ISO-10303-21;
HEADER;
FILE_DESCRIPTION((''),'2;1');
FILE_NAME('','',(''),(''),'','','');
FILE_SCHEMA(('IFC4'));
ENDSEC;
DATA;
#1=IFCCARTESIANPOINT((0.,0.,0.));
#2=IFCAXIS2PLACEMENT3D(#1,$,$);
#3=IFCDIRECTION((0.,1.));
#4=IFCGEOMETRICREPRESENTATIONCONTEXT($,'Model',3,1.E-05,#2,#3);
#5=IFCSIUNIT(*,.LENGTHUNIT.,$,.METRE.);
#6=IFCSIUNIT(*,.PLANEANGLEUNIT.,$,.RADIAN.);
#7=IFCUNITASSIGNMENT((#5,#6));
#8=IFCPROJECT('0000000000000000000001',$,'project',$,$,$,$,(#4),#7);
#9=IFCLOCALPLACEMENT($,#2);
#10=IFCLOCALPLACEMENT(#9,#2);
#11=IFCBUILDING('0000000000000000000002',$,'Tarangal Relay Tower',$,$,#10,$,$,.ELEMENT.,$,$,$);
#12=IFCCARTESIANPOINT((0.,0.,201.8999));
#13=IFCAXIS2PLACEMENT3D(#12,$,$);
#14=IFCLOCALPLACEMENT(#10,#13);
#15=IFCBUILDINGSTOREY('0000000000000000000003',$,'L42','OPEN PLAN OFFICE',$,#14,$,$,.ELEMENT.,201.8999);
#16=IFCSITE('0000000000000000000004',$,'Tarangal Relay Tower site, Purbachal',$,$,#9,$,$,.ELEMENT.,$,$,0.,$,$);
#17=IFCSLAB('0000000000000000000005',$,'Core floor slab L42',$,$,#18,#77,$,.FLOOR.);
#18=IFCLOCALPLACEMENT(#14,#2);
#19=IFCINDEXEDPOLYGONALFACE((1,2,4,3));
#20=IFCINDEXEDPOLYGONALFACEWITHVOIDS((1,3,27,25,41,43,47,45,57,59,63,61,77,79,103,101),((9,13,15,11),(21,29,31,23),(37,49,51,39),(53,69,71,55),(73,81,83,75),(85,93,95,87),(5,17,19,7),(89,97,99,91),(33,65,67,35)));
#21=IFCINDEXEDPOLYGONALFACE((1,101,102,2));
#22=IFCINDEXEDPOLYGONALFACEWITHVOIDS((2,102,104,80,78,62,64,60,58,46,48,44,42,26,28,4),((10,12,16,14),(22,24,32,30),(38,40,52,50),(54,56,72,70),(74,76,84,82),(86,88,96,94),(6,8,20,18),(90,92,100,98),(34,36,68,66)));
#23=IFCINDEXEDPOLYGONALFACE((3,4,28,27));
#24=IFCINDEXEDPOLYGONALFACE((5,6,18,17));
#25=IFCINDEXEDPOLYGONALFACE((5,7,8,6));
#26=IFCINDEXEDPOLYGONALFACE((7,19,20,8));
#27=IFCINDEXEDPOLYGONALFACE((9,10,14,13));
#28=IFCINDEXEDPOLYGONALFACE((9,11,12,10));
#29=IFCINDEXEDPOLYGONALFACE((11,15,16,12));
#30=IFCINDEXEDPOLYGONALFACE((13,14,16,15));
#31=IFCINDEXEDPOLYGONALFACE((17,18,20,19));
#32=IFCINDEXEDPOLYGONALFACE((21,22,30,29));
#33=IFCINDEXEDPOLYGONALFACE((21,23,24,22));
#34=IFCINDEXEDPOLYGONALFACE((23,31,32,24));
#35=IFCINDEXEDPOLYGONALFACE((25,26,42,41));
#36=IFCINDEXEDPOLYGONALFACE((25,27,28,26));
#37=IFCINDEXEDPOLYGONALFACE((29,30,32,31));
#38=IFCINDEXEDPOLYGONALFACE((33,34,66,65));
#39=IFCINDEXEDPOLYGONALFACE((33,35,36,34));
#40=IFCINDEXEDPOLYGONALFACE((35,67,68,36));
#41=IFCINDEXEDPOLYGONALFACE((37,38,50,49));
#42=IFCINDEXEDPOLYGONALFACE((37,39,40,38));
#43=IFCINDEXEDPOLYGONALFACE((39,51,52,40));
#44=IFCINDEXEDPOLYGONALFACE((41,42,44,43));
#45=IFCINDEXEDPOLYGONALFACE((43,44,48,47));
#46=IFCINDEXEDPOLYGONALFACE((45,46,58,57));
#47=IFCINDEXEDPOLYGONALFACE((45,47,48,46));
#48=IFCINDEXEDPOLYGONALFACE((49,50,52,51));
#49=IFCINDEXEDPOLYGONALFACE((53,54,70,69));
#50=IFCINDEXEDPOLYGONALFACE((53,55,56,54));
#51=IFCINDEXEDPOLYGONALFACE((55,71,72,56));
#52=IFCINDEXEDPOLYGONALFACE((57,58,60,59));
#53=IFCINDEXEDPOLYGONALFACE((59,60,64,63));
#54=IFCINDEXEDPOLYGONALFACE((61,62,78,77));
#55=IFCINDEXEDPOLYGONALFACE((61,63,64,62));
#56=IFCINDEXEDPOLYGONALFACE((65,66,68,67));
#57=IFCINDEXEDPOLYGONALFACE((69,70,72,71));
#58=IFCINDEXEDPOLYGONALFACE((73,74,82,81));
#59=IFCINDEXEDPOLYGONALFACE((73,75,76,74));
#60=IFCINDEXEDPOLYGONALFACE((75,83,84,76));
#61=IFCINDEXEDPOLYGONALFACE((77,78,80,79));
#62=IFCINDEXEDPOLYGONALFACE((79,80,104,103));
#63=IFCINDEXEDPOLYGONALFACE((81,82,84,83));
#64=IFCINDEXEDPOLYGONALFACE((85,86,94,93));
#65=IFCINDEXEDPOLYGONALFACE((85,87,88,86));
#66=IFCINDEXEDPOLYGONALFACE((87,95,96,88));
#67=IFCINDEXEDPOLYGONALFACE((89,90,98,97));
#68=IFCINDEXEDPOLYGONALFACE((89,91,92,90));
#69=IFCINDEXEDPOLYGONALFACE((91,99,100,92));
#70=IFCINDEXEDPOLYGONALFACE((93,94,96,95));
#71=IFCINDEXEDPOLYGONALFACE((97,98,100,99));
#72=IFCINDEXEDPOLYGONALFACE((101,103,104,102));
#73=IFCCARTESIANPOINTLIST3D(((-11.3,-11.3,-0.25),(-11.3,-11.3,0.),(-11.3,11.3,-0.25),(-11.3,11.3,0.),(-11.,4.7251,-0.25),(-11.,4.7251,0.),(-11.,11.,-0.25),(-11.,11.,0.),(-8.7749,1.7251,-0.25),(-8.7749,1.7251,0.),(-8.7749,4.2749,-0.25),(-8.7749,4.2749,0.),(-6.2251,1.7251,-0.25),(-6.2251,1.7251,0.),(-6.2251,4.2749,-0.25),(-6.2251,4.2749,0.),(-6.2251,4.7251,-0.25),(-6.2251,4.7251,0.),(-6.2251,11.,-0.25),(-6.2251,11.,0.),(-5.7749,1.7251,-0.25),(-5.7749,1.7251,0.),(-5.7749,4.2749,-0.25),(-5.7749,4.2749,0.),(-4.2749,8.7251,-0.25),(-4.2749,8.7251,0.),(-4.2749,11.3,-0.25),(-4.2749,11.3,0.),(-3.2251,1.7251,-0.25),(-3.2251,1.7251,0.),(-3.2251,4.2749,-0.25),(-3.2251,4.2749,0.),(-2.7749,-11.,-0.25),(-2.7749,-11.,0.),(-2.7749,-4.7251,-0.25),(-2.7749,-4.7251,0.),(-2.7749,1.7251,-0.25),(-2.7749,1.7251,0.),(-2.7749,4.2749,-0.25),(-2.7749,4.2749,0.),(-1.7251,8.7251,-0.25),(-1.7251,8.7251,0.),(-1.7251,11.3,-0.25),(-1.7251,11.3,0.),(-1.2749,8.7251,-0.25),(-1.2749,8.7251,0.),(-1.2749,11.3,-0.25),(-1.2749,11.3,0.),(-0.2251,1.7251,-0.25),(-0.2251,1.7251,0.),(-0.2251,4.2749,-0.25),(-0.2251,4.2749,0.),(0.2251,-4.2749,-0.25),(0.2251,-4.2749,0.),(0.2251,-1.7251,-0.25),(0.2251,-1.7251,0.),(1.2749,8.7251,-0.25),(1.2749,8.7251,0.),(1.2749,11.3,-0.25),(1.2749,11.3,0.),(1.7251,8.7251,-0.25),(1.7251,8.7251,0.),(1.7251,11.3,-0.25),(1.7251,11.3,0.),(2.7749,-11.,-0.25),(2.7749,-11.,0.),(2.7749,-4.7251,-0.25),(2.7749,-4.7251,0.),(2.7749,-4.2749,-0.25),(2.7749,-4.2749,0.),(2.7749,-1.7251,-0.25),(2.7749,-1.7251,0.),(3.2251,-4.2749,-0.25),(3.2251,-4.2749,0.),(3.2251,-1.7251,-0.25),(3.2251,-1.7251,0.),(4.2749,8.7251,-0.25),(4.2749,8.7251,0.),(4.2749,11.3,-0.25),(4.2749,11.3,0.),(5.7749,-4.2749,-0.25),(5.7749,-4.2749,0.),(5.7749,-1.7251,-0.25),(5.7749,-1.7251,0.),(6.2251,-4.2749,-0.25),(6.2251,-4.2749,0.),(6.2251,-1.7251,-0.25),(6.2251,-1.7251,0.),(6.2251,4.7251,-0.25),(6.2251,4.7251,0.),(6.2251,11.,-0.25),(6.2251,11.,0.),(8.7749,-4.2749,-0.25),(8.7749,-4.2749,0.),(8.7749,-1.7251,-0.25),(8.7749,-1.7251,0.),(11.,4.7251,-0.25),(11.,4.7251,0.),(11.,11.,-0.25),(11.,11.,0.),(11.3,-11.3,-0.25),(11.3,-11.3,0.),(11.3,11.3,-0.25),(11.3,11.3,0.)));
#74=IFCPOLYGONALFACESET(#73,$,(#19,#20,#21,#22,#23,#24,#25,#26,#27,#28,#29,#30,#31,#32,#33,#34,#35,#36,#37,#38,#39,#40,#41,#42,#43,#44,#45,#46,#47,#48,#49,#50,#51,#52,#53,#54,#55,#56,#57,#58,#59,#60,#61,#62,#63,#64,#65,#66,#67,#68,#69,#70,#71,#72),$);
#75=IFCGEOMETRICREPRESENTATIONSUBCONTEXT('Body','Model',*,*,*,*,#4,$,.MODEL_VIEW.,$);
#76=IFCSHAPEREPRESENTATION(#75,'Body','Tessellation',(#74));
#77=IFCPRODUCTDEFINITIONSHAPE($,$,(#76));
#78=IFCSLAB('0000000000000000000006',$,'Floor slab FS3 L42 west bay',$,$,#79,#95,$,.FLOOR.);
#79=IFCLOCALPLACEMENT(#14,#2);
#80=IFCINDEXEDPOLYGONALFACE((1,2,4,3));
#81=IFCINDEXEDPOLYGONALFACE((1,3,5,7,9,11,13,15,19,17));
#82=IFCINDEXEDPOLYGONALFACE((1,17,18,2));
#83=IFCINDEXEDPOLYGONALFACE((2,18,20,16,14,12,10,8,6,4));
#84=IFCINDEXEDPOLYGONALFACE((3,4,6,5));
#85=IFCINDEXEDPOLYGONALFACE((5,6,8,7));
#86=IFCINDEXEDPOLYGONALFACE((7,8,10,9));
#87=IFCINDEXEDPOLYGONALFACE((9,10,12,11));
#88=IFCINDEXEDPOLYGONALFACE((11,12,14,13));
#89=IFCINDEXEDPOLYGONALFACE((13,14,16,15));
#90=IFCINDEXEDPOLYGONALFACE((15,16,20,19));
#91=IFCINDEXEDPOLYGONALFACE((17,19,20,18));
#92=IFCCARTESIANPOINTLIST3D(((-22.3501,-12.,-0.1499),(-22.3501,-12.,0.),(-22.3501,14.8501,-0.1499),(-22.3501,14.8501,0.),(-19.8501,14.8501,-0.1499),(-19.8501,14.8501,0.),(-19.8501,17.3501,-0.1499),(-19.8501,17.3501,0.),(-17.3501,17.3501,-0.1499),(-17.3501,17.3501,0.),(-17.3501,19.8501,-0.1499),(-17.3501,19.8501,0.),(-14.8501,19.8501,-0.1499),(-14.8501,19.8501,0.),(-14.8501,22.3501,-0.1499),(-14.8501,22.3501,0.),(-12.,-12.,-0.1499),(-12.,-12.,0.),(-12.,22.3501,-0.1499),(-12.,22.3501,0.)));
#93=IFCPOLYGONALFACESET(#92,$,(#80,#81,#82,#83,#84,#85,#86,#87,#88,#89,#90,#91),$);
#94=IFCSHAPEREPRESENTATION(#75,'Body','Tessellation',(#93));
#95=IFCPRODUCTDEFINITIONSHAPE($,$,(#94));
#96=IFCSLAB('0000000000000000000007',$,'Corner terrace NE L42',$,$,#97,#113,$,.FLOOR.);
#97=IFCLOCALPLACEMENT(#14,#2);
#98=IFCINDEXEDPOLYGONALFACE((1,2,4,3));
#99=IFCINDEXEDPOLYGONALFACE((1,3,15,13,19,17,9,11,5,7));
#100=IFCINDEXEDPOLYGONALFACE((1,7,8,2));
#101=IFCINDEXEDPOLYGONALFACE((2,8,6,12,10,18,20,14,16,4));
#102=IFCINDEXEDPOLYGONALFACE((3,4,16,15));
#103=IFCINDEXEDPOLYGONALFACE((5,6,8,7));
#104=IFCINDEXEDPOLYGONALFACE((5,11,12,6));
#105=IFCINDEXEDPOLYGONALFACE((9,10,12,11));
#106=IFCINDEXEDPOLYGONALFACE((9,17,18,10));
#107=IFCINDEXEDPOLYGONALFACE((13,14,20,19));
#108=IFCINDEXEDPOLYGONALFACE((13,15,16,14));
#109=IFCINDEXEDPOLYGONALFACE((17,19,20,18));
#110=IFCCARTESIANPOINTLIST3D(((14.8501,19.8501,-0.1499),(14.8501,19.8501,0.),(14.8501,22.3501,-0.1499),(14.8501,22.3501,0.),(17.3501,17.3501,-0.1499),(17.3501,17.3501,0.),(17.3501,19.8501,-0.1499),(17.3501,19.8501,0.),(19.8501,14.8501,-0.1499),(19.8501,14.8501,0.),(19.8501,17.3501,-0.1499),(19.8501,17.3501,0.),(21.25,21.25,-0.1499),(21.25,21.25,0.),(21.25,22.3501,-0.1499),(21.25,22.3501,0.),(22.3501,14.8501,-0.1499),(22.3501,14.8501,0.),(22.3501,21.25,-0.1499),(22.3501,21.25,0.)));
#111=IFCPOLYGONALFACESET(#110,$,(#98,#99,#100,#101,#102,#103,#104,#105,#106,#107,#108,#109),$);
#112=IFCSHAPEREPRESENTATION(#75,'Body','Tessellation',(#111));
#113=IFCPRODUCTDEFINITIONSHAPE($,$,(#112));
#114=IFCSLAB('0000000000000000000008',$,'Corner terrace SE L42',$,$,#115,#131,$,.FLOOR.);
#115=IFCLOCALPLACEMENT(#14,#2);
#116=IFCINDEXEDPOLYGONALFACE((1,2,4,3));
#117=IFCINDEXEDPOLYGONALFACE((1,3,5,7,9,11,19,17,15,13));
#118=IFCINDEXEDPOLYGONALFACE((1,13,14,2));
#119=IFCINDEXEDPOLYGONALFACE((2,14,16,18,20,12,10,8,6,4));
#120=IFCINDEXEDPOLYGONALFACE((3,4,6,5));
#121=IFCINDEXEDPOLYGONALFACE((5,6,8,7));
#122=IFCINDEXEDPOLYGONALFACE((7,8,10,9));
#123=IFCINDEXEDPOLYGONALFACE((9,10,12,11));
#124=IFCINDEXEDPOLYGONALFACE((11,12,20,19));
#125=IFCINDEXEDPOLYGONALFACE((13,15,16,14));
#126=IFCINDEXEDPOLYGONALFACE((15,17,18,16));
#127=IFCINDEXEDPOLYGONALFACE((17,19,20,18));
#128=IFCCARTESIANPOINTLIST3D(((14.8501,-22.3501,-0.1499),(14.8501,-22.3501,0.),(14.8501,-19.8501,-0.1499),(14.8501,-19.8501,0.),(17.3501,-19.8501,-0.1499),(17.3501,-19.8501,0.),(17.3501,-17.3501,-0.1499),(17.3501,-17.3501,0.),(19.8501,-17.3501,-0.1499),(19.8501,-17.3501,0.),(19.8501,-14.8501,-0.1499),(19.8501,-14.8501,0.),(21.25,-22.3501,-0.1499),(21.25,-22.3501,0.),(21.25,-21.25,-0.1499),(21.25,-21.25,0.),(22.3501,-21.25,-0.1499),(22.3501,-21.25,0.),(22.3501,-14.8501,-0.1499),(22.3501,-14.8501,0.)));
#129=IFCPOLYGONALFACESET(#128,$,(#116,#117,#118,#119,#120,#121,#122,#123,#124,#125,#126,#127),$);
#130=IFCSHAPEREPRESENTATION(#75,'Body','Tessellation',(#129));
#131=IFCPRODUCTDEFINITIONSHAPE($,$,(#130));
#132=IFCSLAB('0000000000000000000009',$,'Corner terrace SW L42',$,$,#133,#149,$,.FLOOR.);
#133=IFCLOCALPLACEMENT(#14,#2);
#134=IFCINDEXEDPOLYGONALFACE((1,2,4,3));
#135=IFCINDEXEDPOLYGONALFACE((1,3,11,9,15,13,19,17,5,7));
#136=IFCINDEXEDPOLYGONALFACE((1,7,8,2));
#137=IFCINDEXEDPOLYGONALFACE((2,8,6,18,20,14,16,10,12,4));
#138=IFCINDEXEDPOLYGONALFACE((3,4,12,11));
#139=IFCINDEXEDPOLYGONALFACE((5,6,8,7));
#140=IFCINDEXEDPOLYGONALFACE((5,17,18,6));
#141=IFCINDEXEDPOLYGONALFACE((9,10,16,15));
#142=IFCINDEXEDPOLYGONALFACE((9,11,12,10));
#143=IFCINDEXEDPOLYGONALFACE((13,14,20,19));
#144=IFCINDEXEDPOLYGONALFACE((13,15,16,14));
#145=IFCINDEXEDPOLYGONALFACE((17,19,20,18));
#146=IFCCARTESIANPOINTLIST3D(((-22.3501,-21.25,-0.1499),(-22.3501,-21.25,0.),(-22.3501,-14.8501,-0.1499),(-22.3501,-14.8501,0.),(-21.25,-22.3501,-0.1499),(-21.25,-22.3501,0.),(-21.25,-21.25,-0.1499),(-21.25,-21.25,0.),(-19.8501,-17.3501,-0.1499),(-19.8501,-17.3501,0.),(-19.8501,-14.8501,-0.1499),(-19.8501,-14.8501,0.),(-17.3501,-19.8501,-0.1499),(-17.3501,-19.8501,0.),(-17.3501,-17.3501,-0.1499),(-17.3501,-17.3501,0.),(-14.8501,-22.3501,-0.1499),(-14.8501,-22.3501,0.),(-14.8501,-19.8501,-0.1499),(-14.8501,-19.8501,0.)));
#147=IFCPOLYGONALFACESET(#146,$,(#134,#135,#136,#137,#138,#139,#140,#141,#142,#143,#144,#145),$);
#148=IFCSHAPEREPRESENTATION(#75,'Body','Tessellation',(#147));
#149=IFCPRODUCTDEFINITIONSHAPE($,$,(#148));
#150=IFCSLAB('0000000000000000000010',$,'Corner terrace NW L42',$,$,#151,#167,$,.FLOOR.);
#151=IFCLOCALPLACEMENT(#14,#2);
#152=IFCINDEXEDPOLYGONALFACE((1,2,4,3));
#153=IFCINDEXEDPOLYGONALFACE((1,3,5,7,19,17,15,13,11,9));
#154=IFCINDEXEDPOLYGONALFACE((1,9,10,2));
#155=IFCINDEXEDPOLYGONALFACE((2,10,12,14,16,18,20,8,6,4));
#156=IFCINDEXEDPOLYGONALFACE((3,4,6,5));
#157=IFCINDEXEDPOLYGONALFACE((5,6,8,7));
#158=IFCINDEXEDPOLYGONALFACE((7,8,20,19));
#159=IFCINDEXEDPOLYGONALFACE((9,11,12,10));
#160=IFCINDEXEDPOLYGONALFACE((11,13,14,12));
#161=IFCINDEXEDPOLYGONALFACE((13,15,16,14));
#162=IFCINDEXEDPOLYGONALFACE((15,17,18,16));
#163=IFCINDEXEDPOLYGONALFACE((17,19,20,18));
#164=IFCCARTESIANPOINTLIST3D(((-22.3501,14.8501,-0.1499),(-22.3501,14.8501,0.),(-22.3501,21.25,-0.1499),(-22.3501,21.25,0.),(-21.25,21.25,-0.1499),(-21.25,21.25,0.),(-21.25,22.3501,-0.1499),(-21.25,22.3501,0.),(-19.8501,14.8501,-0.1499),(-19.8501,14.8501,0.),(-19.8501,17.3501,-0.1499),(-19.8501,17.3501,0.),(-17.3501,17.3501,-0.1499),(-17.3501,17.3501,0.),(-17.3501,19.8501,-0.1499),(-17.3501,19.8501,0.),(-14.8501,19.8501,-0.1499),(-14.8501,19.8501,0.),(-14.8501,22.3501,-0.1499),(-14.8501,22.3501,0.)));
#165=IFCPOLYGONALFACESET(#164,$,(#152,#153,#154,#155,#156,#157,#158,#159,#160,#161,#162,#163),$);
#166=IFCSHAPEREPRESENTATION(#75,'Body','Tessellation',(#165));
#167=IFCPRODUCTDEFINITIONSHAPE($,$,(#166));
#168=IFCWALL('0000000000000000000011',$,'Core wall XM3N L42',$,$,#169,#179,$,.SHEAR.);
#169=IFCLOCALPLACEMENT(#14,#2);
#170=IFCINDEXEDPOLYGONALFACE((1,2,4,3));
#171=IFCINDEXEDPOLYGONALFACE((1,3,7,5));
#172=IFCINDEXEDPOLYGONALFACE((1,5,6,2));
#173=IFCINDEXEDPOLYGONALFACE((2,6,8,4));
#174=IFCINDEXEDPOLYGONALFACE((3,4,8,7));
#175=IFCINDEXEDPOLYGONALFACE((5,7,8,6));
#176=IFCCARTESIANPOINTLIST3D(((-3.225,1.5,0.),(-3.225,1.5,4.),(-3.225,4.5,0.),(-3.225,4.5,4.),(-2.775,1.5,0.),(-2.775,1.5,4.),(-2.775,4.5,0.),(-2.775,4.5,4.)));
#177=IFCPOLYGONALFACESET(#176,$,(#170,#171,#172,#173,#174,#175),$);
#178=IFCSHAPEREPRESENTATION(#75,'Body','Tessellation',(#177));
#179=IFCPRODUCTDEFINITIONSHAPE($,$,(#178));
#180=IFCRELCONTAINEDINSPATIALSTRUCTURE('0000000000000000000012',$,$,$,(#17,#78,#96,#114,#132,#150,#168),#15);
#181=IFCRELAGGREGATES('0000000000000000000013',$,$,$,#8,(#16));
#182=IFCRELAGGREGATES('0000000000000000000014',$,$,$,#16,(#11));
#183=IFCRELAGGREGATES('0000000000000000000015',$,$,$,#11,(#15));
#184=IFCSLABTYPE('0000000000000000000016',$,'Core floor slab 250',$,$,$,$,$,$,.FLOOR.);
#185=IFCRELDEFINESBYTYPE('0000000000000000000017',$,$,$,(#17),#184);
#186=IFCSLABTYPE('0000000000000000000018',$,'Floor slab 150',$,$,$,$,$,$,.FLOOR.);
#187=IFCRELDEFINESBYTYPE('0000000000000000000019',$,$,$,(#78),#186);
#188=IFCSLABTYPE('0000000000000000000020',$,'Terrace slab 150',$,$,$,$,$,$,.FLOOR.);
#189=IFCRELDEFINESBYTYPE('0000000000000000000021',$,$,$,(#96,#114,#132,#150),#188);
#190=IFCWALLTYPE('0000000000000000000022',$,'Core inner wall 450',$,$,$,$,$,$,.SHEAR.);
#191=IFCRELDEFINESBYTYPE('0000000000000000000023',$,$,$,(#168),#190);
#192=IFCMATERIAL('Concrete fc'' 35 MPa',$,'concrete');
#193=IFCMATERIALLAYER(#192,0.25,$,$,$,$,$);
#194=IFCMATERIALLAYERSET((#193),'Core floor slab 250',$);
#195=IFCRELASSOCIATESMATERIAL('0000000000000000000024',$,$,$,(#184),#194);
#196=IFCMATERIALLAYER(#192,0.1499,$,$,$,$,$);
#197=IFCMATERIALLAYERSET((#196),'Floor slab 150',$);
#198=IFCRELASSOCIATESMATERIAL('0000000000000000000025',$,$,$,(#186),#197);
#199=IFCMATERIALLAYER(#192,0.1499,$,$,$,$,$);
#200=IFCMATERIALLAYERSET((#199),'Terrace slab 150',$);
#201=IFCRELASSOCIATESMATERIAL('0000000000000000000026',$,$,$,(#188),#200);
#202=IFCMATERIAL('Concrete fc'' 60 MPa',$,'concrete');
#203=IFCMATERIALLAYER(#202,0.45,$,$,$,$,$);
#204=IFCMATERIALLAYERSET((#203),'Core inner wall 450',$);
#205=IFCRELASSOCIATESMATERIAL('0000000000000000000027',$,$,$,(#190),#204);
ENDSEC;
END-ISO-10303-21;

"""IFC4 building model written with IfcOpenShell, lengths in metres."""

from ifc_helpers import new_model, si_unit, direction, frame, frame_2d, origin, place, context, subcontext, project, spatial, polyline, rectangle, outline, extrude, material, layer, layer_set, type_object, element, save


model = new_model("IFC4")

# Units and contexts
model_context = context("Model", 3, precision=1e-05, world=origin(), true_north=direction((0.0, 1.0)))
body_context = subcontext(model_context, "Body", "Model", "MODEL_VIEW")
ifc_project = project(units=[si_unit("LENGTHUNIT", "METRE"), si_unit("PLANEANGLEUNIT", "RADIAN")], contexts=[model_context])

# Site, building, storey
site_placement = place(None, origin())
site = spatial("IfcSite", under=ifc_project, at=site_placement, Name="Tarangal Relay Tower site, Purbachal", CompositionType="ELEMENT", RefElevation=0.0)
building_placement = place(site_placement, origin())
building = spatial("IfcBuilding", under=site, at=building_placement, Name="Tarangal Relay Tower", CompositionType="ELEMENT")
storey_placement = place(building_placement, frame((0.0, 0.0, 201.8999)))
storey = spatial("IfcBuildingStorey", under=building, at=storey_placement, Name="L42", Description="OPEN PLAN OFFICE", CompositionType="ELEMENT", Elevation=201.8999)

# Slabs
ifc_material_1 = material(Name="Concrete fc' 35 MPa", Category="concrete")
ifc_layer_1 = layer(ifc_material_1, 0.25)
ifc_layer_set_1 = layer_set([ifc_layer_1], Name="Core floor slab 250")
slab_type_1 = type_object("IfcSlabType", Name="Core floor slab 250", PredefinedType="FLOOR", material=ifc_layer_set_1)
slab_1_placement = place(storey_placement, frame((0.0, 0.0, -0.25)))
element("IfcSlab", 1, at=slab_1_placement, inside=storey, type_object=slab_type_1, Name="Core floor slab L42", PredefinedType="FLOOR", context=body_context, shape_type="SweptSolid", body=[
    extrude(outline(polyline([(11.3, 11.3), (11.3, -11.3), (-11.3, -11.3), (-11.3, 11.3), (-4.2749, 11.3), (-4.2749, 8.7251), (-1.7251, 8.7251), (-1.7251, 11.3), (-1.2749, 11.3), (-1.2749, 8.7251), (1.2749, 8.7251), (1.2749, 11.3), (1.7251, 11.3), (1.7251, 8.7251), (4.2749, 8.7251), (4.2749, 11.3), (11.3, 11.3)]), holes=[polyline([(-6.2251, 4.2749), (-8.7749, 4.2749), (-8.7749, 1.7251), (-6.2251, 1.7251), (-6.2251, 4.2749)]), polyline([(-3.2251, 1.7251), (-3.2251, 4.2749), (-5.7749, 4.2749), (-5.7749, 1.7251), (-3.2251, 1.7251)]), polyline([(-0.2251, 1.7251), (-0.2251, 4.2749), (-2.7749, 4.2749), (-2.7749, 1.7251), (-0.2251, 1.7251)]), polyline([(-6.2251, 11.0), (-11.0, 11.0), (-11.0, 4.7251), (-6.2251, 4.7251), (-6.2251, 11.0)]), polyline([(2.7749, -4.7251), (-2.7749, -4.7251), (-2.7749, -11.0), (2.7749, -11.0), (2.7749, -4.7251)]), polyline([(2.7749, -4.2749), (2.7749, -1.7251), (0.2251, -1.7251), (0.2251, -4.2749), (2.7749, -4.2749)]), polyline([(5.7749, -4.2749), (5.7749, -1.7251), (3.2251, -1.7251), (3.2251, -4.2749), (5.7749, -4.2749)]), polyline([(8.7749, -1.7251), (6.2251, -1.7251), (6.2251, -4.2749), (8.7749, -4.2749), (8.7749, -1.7251)]), polyline([(11.0, 4.7251), (11.0, 11.0), (6.2251, 11.0), (6.2251, 4.7251), (11.0, 4.7251)])]), origin(), (0.0, 0.0, 1.0), 0.25),
])
ifc_layer_2 = layer(ifc_material_1, 0.1499)
ifc_layer_set_2 = layer_set([ifc_layer_2], Name="Floor slab 150")
slab_type_2 = type_object("IfcSlabType", Name="Floor slab 150", PredefinedType="FLOOR", material=ifc_layer_set_2)
slab_2_placement = place(storey_placement, frame((0.0, 0.0, -0.1499)))
element("IfcSlab", 2, at=slab_2_placement, inside=storey, type_object=slab_type_2, Name="Floor slab FS3 L42 west bay", PredefinedType="FLOOR", context=body_context, shape_type="SweptSolid", body=[
    extrude(outline(polyline([(-12.0, 22.3501), (-12.0, -12.0), (-22.3501, -12.0), (-22.3501, 14.8501), (-19.8501, 14.8501), (-19.8501, 17.3501), (-17.3501, 17.3501), (-17.3501, 19.8501), (-14.8501, 19.8501), (-14.8501, 22.3501), (-12.0, 22.3501)])), origin(), (0.0, 0.0, 1.0), 0.1499),
])
ifc_layer_3 = layer(ifc_material_1, 0.1499)
ifc_layer_set_3 = layer_set([ifc_layer_3], Name="Terrace slab 150")
slab_type_3 = type_object("IfcSlabType", Name="Terrace slab 150", PredefinedType="FLOOR", material=ifc_layer_set_3)
slab_3_placement = place(storey_placement, frame((0.0, 0.0, -0.1499)))
element("IfcSlab", 3, at=slab_3_placement, inside=storey, type_object=slab_type_3, Name="Corner terrace NE L42", PredefinedType="FLOOR", context=body_context, shape_type="SweptSolid", body=[
    extrude(outline(polyline([(14.8501, 22.3501), (14.8501, 19.8501), (17.3501, 19.8501), (17.3501, 17.3501), (19.8501, 17.3501), (19.8501, 14.8501), (22.3501, 14.8501), (22.3501, 21.25), (21.25, 21.25), (21.25, 22.3501), (14.8501, 22.3501)])), origin(), (0.0, 0.0, 1.0), 0.1499),
])
slab_4_placement = place(storey_placement, frame((0.0, 0.0, -0.1499)))
element("IfcSlab", 4, at=slab_4_placement, inside=storey, type_object=slab_type_3, Name="Corner terrace SE L42", PredefinedType="FLOOR", context=body_context, shape_type="SweptSolid", body=[
    extrude(outline(polyline([(22.3501, -14.8501), (19.8501, -14.8501), (19.8501, -17.3501), (17.3501, -17.3501), (17.3501, -19.8501), (14.8501, -19.8501), (14.8501, -22.3501), (21.25, -22.3501), (21.25, -21.25), (22.3501, -21.25), (22.3501, -14.8501)])), origin(), (0.0, 0.0, 1.0), 0.1499),
])
slab_5_placement = place(storey_placement, frame((0.0, 0.0, -0.1499)))
element("IfcSlab", 5, at=slab_5_placement, inside=storey, type_object=slab_type_3, Name="Corner terrace SW L42", PredefinedType="FLOOR", context=body_context, shape_type="SweptSolid", body=[
    extrude(outline(polyline([(-14.8501, -22.3501), (-14.8501, -19.8501), (-17.3501, -19.8501), (-17.3501, -17.3501), (-19.8501, -17.3501), (-19.8501, -14.8501), (-22.3501, -14.8501), (-22.3501, -21.25), (-21.25, -21.25), (-21.25, -22.3501), (-14.8501, -22.3501)])), origin(), (0.0, 0.0, 1.0), 0.1499),
])
slab_6_placement = place(storey_placement, frame((0.0, 0.0, -0.1499)))
element("IfcSlab", 6, at=slab_6_placement, inside=storey, type_object=slab_type_3, Name="Corner terrace NW L42", PredefinedType="FLOOR", context=body_context, shape_type="SweptSolid", body=[
    extrude(outline(polyline([(-22.3501, 14.8501), (-19.8501, 14.8501), (-19.8501, 17.3501), (-17.3501, 17.3501), (-17.3501, 19.8501), (-14.8501, 19.8501), (-14.8501, 22.3501), (-21.25, 22.3501), (-21.25, 21.25), (-22.3501, 21.25), (-22.3501, 14.8501)])), origin(), (0.0, 0.0, 1.0), 0.1499),
])

# Shared definitions
ifc_material_2 = material(Name="Concrete fc' 60 MPa", Category="concrete")
ifc_layer_4 = layer(ifc_material_2, 0.45)
ifc_layer_set_4 = layer_set([ifc_layer_4], Name="Core inner wall 450")
wall_type = type_object("IfcWallType", Name="Core inner wall 450", PredefinedType="SHEAR", material=ifc_layer_set_4)

# Wall
for number, where, z_axis, x_axis, name in (
    (7, (-3.0, 1.5, 0.0), (0.0, 0.0, 1.0), (0.0, 1.0, 0.0), "Core wall XM3N L42"),
):
    element("IfcWall", number, at=place(storey_placement, frame(where, z_axis=z_axis, x_axis=x_axis)), inside=storey, type_object=wall_type, Name=name, PredefinedType="SHEAR", context=body_context, shape_type="SweptSolid", body=[
        extrude(rectangle(XDim=3.0, YDim=0.45, at=frame_2d((1.5, 0.0))), origin(), (0.0, 0.0, 1.0), 4.0),
    ])

save(model, "model.ifc")
